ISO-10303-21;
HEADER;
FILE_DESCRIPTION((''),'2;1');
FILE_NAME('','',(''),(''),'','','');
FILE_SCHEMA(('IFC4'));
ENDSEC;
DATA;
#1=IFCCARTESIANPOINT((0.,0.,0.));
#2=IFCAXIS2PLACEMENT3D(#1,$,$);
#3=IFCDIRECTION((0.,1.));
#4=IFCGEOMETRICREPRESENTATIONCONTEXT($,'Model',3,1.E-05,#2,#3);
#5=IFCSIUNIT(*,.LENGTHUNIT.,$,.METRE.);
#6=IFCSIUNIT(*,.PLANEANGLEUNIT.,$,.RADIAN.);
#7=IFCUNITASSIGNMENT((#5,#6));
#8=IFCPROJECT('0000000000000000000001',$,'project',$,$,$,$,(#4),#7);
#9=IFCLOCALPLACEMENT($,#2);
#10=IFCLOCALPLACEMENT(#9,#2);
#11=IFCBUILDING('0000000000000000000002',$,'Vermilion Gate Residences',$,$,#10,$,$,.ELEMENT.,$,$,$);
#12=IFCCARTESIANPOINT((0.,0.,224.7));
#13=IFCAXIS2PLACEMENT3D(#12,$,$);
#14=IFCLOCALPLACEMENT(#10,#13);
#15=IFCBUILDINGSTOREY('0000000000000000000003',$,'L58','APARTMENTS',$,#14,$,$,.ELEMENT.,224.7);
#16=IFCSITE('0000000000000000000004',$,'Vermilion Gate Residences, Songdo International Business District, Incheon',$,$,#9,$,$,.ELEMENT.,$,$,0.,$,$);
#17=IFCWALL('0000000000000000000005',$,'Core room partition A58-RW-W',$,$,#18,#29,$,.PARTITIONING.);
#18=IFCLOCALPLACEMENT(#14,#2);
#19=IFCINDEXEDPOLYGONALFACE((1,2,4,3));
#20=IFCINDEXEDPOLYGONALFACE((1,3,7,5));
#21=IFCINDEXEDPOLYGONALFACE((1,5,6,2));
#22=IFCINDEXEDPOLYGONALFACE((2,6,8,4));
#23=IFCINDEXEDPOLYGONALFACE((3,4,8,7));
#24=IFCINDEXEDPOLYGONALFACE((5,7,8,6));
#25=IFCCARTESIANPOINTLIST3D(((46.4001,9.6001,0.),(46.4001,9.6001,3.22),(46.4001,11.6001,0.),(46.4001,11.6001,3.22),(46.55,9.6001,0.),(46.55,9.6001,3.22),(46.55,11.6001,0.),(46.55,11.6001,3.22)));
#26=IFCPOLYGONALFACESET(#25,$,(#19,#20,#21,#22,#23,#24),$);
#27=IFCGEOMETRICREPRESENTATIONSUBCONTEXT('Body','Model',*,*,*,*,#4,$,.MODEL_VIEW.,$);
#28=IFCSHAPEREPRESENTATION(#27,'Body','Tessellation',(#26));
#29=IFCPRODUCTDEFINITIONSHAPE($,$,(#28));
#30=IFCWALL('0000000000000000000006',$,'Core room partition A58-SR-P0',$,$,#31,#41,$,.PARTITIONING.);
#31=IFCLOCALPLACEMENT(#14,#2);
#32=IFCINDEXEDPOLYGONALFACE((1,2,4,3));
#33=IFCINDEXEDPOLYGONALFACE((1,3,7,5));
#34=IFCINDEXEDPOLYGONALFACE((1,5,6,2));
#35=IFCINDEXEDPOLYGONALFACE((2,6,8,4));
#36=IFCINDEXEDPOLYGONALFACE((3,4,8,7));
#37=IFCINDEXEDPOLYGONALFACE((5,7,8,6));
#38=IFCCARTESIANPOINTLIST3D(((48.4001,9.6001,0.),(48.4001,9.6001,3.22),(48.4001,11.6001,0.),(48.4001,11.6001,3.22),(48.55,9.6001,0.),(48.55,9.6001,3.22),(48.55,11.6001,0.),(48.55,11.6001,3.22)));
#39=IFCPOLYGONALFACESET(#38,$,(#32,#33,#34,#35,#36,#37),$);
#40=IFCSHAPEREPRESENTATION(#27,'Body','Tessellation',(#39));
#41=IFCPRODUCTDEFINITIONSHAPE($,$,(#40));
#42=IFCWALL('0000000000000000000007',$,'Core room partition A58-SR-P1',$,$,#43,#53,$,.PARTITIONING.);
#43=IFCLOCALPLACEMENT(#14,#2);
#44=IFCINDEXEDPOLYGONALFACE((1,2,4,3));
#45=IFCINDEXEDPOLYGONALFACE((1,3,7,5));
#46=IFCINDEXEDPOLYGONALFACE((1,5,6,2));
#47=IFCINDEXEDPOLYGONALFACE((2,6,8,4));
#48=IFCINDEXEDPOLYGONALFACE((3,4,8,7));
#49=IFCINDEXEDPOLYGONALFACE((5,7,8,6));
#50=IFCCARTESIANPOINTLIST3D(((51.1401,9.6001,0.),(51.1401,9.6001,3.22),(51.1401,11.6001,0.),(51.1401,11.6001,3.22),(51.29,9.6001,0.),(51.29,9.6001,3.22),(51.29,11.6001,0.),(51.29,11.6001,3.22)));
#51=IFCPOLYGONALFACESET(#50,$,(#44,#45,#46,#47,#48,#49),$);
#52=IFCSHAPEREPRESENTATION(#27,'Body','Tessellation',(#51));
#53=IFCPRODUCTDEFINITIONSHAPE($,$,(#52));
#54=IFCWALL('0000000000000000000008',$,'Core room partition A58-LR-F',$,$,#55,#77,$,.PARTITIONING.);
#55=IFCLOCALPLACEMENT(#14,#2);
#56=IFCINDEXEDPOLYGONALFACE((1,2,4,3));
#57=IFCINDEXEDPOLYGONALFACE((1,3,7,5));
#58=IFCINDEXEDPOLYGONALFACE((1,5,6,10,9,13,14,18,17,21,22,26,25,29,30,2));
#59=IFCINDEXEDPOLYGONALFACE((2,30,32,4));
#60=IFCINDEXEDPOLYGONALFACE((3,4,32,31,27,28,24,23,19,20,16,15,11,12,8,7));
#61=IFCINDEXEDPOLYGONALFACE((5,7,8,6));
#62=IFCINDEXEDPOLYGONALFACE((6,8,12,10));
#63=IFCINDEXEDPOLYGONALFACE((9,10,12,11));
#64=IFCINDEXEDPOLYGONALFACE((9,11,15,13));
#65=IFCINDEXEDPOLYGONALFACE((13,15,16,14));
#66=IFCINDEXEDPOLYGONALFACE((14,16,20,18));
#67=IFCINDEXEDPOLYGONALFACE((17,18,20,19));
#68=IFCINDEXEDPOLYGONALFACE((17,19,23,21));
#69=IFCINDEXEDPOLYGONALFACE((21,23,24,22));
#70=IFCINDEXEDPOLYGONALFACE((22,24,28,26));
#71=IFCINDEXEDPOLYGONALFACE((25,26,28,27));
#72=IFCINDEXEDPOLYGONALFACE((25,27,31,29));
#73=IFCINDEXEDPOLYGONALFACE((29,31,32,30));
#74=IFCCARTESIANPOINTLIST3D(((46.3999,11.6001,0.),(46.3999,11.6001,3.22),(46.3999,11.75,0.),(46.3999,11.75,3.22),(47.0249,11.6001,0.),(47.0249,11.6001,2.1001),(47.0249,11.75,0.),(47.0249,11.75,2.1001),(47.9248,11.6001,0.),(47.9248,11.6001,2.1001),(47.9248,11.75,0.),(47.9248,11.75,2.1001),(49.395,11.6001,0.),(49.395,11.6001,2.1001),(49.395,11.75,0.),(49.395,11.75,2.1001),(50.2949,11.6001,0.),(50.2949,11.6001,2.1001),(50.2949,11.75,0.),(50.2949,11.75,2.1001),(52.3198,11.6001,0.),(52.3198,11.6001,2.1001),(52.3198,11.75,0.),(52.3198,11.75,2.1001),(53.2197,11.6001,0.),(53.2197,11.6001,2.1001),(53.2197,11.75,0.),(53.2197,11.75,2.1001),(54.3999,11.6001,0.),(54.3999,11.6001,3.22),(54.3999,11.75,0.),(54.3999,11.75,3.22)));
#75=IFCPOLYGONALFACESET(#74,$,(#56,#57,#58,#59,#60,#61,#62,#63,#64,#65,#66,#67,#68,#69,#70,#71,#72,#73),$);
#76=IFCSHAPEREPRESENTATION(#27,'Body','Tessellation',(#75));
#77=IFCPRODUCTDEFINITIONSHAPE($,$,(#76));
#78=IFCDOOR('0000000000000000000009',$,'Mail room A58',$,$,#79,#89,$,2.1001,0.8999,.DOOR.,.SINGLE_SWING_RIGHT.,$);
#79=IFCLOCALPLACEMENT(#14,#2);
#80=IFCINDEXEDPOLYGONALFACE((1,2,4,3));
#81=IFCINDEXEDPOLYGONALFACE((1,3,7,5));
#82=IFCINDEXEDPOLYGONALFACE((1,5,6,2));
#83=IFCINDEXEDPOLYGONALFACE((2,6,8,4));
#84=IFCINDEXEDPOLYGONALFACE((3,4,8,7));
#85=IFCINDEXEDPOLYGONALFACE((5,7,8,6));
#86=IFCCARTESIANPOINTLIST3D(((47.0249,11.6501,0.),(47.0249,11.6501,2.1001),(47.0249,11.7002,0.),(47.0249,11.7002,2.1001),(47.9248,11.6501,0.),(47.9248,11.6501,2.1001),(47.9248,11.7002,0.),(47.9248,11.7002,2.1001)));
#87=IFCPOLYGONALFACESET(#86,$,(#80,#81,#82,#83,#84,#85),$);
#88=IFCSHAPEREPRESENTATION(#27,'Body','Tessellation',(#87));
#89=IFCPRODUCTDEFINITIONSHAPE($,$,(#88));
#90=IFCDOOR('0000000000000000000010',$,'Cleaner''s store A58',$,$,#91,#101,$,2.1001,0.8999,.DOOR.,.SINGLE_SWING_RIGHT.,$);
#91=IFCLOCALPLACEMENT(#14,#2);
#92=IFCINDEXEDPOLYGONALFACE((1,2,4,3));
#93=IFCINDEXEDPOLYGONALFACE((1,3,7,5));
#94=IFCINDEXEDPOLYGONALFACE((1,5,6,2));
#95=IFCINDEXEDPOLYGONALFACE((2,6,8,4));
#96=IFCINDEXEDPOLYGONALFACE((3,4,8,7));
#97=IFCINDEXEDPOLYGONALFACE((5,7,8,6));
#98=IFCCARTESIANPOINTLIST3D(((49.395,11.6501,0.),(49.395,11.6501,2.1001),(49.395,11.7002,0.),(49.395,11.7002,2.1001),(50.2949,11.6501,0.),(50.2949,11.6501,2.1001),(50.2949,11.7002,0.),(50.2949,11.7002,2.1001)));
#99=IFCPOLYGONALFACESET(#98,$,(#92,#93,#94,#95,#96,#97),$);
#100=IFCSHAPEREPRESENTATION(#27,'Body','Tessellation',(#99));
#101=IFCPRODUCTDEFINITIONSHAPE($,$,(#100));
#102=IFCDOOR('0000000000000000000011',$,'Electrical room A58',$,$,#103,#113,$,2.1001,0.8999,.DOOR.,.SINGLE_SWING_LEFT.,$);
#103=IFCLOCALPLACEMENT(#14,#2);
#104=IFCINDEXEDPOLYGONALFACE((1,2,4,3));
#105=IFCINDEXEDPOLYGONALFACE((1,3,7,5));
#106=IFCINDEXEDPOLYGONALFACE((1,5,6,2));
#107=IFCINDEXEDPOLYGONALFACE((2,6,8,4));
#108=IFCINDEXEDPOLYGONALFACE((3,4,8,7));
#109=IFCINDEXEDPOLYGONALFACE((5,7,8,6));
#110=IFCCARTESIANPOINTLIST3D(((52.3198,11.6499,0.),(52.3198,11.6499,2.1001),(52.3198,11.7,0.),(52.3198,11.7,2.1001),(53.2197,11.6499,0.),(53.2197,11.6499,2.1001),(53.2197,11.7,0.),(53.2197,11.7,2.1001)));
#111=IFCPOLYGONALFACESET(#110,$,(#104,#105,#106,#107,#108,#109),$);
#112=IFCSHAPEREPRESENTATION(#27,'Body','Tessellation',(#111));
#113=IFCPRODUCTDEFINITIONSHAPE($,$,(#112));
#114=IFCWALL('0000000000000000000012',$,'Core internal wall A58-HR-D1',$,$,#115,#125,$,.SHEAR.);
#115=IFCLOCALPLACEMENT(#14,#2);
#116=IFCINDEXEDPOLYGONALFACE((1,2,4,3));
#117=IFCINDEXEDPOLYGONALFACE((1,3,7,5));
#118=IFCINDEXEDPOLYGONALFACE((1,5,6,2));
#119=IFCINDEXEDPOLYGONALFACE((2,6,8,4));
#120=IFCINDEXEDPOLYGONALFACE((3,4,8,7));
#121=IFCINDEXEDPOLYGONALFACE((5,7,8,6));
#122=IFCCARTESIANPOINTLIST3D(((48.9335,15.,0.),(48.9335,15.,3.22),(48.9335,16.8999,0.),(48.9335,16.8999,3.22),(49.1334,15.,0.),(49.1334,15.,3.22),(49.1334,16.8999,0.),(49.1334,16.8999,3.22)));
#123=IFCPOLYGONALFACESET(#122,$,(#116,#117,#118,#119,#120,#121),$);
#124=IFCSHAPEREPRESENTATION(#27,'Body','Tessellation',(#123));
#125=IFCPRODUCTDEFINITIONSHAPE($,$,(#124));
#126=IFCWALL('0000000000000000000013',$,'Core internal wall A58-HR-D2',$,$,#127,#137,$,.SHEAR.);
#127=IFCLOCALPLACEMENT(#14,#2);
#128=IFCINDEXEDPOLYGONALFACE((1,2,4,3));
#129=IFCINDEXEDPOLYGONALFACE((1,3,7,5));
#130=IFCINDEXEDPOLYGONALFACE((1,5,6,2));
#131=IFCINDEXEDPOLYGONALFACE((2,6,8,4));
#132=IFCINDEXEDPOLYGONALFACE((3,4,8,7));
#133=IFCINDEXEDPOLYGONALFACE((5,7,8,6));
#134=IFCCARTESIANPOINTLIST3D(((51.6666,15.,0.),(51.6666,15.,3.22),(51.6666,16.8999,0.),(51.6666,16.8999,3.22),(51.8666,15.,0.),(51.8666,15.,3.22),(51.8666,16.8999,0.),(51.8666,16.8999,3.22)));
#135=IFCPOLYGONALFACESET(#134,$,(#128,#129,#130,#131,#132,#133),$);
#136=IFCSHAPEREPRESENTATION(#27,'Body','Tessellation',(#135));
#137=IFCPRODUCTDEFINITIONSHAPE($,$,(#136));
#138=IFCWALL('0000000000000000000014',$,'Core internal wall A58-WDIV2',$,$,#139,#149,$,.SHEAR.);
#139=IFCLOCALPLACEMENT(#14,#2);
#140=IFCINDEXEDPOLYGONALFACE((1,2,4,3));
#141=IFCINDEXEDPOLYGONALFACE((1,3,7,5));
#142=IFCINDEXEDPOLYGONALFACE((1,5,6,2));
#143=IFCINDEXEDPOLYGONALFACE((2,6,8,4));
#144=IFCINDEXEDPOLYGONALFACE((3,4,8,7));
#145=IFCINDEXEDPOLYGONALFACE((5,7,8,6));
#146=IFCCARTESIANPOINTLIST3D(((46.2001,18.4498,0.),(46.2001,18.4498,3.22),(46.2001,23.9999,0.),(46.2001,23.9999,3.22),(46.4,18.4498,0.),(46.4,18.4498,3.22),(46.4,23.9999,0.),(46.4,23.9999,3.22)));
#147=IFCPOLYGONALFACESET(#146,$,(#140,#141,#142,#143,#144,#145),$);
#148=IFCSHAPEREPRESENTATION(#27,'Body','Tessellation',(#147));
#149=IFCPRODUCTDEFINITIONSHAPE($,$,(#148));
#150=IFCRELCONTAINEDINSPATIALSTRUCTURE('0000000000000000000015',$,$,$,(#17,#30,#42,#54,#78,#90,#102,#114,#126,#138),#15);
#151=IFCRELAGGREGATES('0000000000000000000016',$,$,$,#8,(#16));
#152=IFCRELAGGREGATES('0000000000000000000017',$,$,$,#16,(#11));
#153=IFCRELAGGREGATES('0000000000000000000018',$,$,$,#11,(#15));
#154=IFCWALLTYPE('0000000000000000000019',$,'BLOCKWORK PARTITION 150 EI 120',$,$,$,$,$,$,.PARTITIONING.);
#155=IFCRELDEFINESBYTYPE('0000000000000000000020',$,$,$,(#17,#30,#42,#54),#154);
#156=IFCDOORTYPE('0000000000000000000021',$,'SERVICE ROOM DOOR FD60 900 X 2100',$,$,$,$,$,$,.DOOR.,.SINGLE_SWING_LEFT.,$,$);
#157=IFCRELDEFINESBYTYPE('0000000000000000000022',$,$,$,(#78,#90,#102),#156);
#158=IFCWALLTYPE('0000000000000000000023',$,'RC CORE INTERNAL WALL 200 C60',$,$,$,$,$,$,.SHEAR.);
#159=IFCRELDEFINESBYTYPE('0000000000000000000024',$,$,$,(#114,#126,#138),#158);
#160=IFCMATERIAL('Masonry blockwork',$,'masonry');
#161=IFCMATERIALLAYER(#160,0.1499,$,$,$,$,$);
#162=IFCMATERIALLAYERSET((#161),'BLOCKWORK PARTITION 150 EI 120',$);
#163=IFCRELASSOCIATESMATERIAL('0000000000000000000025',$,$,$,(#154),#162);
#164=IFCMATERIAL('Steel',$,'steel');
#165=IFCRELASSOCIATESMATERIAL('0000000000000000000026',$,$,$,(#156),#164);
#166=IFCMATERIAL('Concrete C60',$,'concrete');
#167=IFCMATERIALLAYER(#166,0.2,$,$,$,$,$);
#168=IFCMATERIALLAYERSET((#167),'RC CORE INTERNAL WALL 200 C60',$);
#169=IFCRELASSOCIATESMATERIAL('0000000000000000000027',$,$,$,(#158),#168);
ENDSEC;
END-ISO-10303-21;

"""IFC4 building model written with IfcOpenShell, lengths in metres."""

from ifc_helpers import new_model, si_unit, direction, frame, frame_2d, origin, place, context, subcontext, project, spatial, rectangle, extrude, material, layer, layer_set, type_object, element, fill, save


model = new_model("IFC4")

# Units and contexts
model_context = context("Model", 3, precision=1e-05, world=origin(), true_north=direction((0.0, 1.0)))
body_context = subcontext(model_context, "Body", "Model", "MODEL_VIEW")
ifc_project = project(units=[si_unit("LENGTHUNIT", "METRE"), si_unit("PLANEANGLEUNIT", "RADIAN")], contexts=[model_context])

# Site, building, storey
site_placement = place(None, origin())
site = spatial("IfcSite", under=ifc_project, at=site_placement, Name="Vermilion Gate Residences, Songdo International Business District, Incheon", CompositionType="ELEMENT", RefElevation=0.0)
building_placement = place(site_placement, origin())
building = spatial("IfcBuilding", under=site, at=building_placement, Name="Vermilion Gate Residences", CompositionType="ELEMENT")
storey_placement = place(building_placement, frame((0.0, 0.0, 224.7)))
storey = spatial("IfcBuildingStorey", under=building, at=storey_placement, Name="L58", Description="APARTMENTS", CompositionType="ELEMENT", Elevation=224.7)

# Walls
ifc_material_1 = material(Name="Masonry blockwork", Category="masonry")
ifc_layer_1 = layer(ifc_material_1, 0.1499)
ifc_layer_set_1 = layer_set([ifc_layer_1], Name="BLOCKWORK PARTITION 150 EI 120")
wall_type_1 = type_object("IfcWallType", Name="BLOCKWORK PARTITION 150 EI 120", PredefinedType="PARTITIONING", material=ifc_layer_set_1)
for number, where, z_axis, x_axis, name in (
    (1, (46.4751, 9.6001, 0.0), (0.0, 0.0, 1.0), (0.0, 1.0, 0.0), "Core room partition A58-RW-W"),
    (2, (48.4751, 9.6001, 0.0), (0.0, 0.0, 1.0), (0.0, 1.0, 0.0), "Core room partition A58-SR-P0"),
    (3, (51.2151, 9.6001, 0.0), (0.0, 0.0, 1.0), (0.0, 1.0, 0.0), "Core room partition A58-SR-P1"),
):
    element("IfcWall", number, at=place(storey_placement, frame(where, z_axis=z_axis, x_axis=x_axis)), inside=storey, type_object=wall_type_1, Name=name, PredefinedType="PARTITIONING", context=body_context, shape_type="SweptSolid", body=[
        extrude(rectangle(XDim=2.0, YDim=0.1499, at=frame_2d((1.0, 0.0))), origin(), (0.0, 0.0, 1.0), 3.22),
    ])

# Wall, openings, doors
wall_1_placement = place(storey_placement, frame((46.3999, 11.675, 0.0), z_axis=(0.0, 0.0, 1.0), x_axis=(1.0, 0.0, 0.0)))
wall_1 = element("IfcWall", 4, at=wall_1_placement, inside=storey, type_object=wall_type_1, Name="Core room partition A58-LR-F", PredefinedType="PARTITIONING", context=body_context, shape_type="SweptSolid", body=[
    extrude(rectangle(XDim=8.0, YDim=0.1499, at=frame_2d((4.0, 0.0))), origin(), (0.0, 0.0, 1.0), 3.22),
])
opening_1_placement = place(wall_1_placement, frame((0.625, 0.0, 0.0)))
opening_1 = element("IfcOpeningElement", 5, at=opening_1_placement, cuts=wall_1, PredefinedType="OPENING", context=body_context, shape_type="SweptSolid", body=[
    extrude(rectangle(XDim=0.8999, YDim=2.1001, at=frame_2d((0.45, 1.05))), frame((0.0, 0.085, 0.0), z_axis=(0.0, -1.0, 0.0), x_axis=(1.0, 0.0, 0.0)), (0.0, 0.0, 1.0), 0.1699),
])
opening_2_placement = place(wall_1_placement, frame((2.9951, 0.0, 0.0)))
opening_2 = element("IfcOpeningElement", 6, at=opening_2_placement, cuts=wall_1, PredefinedType="OPENING", context=body_context, shape_type="SweptSolid", body=[
    extrude(rectangle(XDim=0.8999, YDim=2.1001, at=frame_2d((0.45, 1.05))), frame((0.0, 0.085, 0.0), z_axis=(0.0, -1.0, 0.0), x_axis=(1.0, 0.0, 0.0)), (0.0, 0.0, 1.0), 0.1699),
])
opening_3_placement = place(wall_1_placement, frame((5.9199, 0.0, 0.0)))
opening_3 = element("IfcOpeningElement", 7, at=opening_3_placement, cuts=wall_1, PredefinedType="OPENING", context=body_context, shape_type="SweptSolid", body=[
    extrude(rectangle(XDim=0.8999, YDim=2.1001, at=frame_2d((0.45, 1.05))), frame((0.0, 0.085, 0.0), z_axis=(0.0, -1.0, 0.0), x_axis=(1.0, 0.0, 0.0)), (0.0, 0.0, 1.0), 0.1699),
])
ifc_material_2 = material(Name="Steel", Category="steel")
door_type_1 = type_object("IfcDoorType", Name="SERVICE ROOM DOOR FD60 900 X 2100", OperationType="SINGLE_SWING_LEFT", PredefinedType="DOOR", material=ifc_material_2)
door_1_placement = place(opening_1_placement, frame((0.8999, 0.0, 0.0), z_axis=(0.0, 0.0, 1.0), x_axis=(-1.0, 0.0, 0.0)))
door_1 = element("IfcDoor", 8, at=door_1_placement, inside=storey, type_object=door_type_1, Name="Mail room A58", OperationType="SINGLE_SWING_RIGHT", OverallHeight=2.1001, OverallWidth=0.8999, PredefinedType="DOOR", context=body_context, shape_type="SweptSolid", body=[
    extrude(rectangle(XDim=0.8999, YDim=2.1001, at=frame_2d((0.45, 1.05))), frame((0.0, 0.0249, 0.0), z_axis=(0.0, -1.0, 0.0), x_axis=(1.0, 0.0, 0.0)), (0.0, 0.0, 1.0), 0.05),
])
fill(opening_1, door_1)
door_2_placement = place(opening_2_placement, frame((0.8999, 0.0, 0.0), z_axis=(0.0, 0.0, 1.0), x_axis=(-1.0, 0.0, 0.0)))
door_2 = element("IfcDoor", 9, at=door_2_placement, inside=storey, type_object=door_type_1, Name="Cleaner's store A58", OperationType="SINGLE_SWING_RIGHT", OverallHeight=2.1001, OverallWidth=0.8999, PredefinedType="DOOR", context=body_context, shape_type="SweptSolid", body=[
    extrude(rectangle(XDim=0.8999, YDim=2.1001, at=frame_2d((0.45, 1.05))), frame((0.0, 0.0249, 0.0), z_axis=(0.0, -1.0, 0.0), x_axis=(1.0, 0.0, 0.0)), (0.0, 0.0, 1.0), 0.05),
])
fill(opening_2, door_2)
door_3_placement = place(opening_3_placement, origin())
door_3 = element("IfcDoor", 10, at=door_3_placement, inside=storey, type_object=door_type_1, Name="Electrical room A58", OperationType="SINGLE_SWING_LEFT", OverallHeight=2.1001, OverallWidth=0.8999, PredefinedType="DOOR", context=body_context, shape_type="SweptSolid", body=[
    extrude(rectangle(XDim=0.8999, YDim=2.1001, at=frame_2d((0.45, 1.05))), frame((0.0, 0.0249, 0.0), z_axis=(0.0, -1.0, 0.0), x_axis=(1.0, 0.0, 0.0)), (0.0, 0.0, 1.0), 0.05),
])
fill(opening_3, door_3)

# Walls
ifc_material_3 = material(Name="Concrete C60", Category="concrete")
ifc_layer_2 = layer(ifc_material_3, 0.2)
ifc_layer_set_2 = layer_set([ifc_layer_2], Name="RC CORE INTERNAL WALL 200 C60")
wall_type_2 = type_object("IfcWallType", Name="RC CORE INTERNAL WALL 200 C60", PredefinedType="SHEAR", material=ifc_layer_set_2)
for number, where, z_axis, x_axis, name in (
    (11, (49.0334, 15.0, 0.0), (0.0, 0.0, 1.0), (0.0, 1.0, 0.0), "Core internal wall A58-HR-D1"),
    (12, (51.7666, 15.0, 0.0), (0.0, 0.0, 1.0), (0.0, 1.0, 0.0), "Core internal wall A58-HR-D2"),
):
    element("IfcWall", number, at=place(storey_placement, frame(where, z_axis=z_axis, x_axis=x_axis)), inside=storey, type_object=wall_type_2, Name=name, PredefinedType="SHEAR", context=body_context, shape_type="SweptSolid", body=[
        extrude(rectangle(XDim=1.8999, YDim=0.2, at=frame_2d((0.95, 0.0))), origin(), (0.0, 0.0, 1.0), 3.22),
    ])
wall_2_placement = place(storey_placement, frame((46.3, 18.45, 0.0), z_axis=(0.0, 0.0, 1.0), x_axis=(0.0, 1.0, 0.0)))
element("IfcWall", 13, at=wall_2_placement, inside=storey, type_object=wall_type_2, Name="Core internal wall A58-WDIV2", PredefinedType="SHEAR", context=body_context, shape_type="SweptSolid", body=[
    extrude(rectangle(XDim=5.55, YDim=0.2, at=frame_2d((2.7749, 0.0))), origin(), (0.0, 0.0, 1.0), 3.22),
])

save(model, "model.ifc")
